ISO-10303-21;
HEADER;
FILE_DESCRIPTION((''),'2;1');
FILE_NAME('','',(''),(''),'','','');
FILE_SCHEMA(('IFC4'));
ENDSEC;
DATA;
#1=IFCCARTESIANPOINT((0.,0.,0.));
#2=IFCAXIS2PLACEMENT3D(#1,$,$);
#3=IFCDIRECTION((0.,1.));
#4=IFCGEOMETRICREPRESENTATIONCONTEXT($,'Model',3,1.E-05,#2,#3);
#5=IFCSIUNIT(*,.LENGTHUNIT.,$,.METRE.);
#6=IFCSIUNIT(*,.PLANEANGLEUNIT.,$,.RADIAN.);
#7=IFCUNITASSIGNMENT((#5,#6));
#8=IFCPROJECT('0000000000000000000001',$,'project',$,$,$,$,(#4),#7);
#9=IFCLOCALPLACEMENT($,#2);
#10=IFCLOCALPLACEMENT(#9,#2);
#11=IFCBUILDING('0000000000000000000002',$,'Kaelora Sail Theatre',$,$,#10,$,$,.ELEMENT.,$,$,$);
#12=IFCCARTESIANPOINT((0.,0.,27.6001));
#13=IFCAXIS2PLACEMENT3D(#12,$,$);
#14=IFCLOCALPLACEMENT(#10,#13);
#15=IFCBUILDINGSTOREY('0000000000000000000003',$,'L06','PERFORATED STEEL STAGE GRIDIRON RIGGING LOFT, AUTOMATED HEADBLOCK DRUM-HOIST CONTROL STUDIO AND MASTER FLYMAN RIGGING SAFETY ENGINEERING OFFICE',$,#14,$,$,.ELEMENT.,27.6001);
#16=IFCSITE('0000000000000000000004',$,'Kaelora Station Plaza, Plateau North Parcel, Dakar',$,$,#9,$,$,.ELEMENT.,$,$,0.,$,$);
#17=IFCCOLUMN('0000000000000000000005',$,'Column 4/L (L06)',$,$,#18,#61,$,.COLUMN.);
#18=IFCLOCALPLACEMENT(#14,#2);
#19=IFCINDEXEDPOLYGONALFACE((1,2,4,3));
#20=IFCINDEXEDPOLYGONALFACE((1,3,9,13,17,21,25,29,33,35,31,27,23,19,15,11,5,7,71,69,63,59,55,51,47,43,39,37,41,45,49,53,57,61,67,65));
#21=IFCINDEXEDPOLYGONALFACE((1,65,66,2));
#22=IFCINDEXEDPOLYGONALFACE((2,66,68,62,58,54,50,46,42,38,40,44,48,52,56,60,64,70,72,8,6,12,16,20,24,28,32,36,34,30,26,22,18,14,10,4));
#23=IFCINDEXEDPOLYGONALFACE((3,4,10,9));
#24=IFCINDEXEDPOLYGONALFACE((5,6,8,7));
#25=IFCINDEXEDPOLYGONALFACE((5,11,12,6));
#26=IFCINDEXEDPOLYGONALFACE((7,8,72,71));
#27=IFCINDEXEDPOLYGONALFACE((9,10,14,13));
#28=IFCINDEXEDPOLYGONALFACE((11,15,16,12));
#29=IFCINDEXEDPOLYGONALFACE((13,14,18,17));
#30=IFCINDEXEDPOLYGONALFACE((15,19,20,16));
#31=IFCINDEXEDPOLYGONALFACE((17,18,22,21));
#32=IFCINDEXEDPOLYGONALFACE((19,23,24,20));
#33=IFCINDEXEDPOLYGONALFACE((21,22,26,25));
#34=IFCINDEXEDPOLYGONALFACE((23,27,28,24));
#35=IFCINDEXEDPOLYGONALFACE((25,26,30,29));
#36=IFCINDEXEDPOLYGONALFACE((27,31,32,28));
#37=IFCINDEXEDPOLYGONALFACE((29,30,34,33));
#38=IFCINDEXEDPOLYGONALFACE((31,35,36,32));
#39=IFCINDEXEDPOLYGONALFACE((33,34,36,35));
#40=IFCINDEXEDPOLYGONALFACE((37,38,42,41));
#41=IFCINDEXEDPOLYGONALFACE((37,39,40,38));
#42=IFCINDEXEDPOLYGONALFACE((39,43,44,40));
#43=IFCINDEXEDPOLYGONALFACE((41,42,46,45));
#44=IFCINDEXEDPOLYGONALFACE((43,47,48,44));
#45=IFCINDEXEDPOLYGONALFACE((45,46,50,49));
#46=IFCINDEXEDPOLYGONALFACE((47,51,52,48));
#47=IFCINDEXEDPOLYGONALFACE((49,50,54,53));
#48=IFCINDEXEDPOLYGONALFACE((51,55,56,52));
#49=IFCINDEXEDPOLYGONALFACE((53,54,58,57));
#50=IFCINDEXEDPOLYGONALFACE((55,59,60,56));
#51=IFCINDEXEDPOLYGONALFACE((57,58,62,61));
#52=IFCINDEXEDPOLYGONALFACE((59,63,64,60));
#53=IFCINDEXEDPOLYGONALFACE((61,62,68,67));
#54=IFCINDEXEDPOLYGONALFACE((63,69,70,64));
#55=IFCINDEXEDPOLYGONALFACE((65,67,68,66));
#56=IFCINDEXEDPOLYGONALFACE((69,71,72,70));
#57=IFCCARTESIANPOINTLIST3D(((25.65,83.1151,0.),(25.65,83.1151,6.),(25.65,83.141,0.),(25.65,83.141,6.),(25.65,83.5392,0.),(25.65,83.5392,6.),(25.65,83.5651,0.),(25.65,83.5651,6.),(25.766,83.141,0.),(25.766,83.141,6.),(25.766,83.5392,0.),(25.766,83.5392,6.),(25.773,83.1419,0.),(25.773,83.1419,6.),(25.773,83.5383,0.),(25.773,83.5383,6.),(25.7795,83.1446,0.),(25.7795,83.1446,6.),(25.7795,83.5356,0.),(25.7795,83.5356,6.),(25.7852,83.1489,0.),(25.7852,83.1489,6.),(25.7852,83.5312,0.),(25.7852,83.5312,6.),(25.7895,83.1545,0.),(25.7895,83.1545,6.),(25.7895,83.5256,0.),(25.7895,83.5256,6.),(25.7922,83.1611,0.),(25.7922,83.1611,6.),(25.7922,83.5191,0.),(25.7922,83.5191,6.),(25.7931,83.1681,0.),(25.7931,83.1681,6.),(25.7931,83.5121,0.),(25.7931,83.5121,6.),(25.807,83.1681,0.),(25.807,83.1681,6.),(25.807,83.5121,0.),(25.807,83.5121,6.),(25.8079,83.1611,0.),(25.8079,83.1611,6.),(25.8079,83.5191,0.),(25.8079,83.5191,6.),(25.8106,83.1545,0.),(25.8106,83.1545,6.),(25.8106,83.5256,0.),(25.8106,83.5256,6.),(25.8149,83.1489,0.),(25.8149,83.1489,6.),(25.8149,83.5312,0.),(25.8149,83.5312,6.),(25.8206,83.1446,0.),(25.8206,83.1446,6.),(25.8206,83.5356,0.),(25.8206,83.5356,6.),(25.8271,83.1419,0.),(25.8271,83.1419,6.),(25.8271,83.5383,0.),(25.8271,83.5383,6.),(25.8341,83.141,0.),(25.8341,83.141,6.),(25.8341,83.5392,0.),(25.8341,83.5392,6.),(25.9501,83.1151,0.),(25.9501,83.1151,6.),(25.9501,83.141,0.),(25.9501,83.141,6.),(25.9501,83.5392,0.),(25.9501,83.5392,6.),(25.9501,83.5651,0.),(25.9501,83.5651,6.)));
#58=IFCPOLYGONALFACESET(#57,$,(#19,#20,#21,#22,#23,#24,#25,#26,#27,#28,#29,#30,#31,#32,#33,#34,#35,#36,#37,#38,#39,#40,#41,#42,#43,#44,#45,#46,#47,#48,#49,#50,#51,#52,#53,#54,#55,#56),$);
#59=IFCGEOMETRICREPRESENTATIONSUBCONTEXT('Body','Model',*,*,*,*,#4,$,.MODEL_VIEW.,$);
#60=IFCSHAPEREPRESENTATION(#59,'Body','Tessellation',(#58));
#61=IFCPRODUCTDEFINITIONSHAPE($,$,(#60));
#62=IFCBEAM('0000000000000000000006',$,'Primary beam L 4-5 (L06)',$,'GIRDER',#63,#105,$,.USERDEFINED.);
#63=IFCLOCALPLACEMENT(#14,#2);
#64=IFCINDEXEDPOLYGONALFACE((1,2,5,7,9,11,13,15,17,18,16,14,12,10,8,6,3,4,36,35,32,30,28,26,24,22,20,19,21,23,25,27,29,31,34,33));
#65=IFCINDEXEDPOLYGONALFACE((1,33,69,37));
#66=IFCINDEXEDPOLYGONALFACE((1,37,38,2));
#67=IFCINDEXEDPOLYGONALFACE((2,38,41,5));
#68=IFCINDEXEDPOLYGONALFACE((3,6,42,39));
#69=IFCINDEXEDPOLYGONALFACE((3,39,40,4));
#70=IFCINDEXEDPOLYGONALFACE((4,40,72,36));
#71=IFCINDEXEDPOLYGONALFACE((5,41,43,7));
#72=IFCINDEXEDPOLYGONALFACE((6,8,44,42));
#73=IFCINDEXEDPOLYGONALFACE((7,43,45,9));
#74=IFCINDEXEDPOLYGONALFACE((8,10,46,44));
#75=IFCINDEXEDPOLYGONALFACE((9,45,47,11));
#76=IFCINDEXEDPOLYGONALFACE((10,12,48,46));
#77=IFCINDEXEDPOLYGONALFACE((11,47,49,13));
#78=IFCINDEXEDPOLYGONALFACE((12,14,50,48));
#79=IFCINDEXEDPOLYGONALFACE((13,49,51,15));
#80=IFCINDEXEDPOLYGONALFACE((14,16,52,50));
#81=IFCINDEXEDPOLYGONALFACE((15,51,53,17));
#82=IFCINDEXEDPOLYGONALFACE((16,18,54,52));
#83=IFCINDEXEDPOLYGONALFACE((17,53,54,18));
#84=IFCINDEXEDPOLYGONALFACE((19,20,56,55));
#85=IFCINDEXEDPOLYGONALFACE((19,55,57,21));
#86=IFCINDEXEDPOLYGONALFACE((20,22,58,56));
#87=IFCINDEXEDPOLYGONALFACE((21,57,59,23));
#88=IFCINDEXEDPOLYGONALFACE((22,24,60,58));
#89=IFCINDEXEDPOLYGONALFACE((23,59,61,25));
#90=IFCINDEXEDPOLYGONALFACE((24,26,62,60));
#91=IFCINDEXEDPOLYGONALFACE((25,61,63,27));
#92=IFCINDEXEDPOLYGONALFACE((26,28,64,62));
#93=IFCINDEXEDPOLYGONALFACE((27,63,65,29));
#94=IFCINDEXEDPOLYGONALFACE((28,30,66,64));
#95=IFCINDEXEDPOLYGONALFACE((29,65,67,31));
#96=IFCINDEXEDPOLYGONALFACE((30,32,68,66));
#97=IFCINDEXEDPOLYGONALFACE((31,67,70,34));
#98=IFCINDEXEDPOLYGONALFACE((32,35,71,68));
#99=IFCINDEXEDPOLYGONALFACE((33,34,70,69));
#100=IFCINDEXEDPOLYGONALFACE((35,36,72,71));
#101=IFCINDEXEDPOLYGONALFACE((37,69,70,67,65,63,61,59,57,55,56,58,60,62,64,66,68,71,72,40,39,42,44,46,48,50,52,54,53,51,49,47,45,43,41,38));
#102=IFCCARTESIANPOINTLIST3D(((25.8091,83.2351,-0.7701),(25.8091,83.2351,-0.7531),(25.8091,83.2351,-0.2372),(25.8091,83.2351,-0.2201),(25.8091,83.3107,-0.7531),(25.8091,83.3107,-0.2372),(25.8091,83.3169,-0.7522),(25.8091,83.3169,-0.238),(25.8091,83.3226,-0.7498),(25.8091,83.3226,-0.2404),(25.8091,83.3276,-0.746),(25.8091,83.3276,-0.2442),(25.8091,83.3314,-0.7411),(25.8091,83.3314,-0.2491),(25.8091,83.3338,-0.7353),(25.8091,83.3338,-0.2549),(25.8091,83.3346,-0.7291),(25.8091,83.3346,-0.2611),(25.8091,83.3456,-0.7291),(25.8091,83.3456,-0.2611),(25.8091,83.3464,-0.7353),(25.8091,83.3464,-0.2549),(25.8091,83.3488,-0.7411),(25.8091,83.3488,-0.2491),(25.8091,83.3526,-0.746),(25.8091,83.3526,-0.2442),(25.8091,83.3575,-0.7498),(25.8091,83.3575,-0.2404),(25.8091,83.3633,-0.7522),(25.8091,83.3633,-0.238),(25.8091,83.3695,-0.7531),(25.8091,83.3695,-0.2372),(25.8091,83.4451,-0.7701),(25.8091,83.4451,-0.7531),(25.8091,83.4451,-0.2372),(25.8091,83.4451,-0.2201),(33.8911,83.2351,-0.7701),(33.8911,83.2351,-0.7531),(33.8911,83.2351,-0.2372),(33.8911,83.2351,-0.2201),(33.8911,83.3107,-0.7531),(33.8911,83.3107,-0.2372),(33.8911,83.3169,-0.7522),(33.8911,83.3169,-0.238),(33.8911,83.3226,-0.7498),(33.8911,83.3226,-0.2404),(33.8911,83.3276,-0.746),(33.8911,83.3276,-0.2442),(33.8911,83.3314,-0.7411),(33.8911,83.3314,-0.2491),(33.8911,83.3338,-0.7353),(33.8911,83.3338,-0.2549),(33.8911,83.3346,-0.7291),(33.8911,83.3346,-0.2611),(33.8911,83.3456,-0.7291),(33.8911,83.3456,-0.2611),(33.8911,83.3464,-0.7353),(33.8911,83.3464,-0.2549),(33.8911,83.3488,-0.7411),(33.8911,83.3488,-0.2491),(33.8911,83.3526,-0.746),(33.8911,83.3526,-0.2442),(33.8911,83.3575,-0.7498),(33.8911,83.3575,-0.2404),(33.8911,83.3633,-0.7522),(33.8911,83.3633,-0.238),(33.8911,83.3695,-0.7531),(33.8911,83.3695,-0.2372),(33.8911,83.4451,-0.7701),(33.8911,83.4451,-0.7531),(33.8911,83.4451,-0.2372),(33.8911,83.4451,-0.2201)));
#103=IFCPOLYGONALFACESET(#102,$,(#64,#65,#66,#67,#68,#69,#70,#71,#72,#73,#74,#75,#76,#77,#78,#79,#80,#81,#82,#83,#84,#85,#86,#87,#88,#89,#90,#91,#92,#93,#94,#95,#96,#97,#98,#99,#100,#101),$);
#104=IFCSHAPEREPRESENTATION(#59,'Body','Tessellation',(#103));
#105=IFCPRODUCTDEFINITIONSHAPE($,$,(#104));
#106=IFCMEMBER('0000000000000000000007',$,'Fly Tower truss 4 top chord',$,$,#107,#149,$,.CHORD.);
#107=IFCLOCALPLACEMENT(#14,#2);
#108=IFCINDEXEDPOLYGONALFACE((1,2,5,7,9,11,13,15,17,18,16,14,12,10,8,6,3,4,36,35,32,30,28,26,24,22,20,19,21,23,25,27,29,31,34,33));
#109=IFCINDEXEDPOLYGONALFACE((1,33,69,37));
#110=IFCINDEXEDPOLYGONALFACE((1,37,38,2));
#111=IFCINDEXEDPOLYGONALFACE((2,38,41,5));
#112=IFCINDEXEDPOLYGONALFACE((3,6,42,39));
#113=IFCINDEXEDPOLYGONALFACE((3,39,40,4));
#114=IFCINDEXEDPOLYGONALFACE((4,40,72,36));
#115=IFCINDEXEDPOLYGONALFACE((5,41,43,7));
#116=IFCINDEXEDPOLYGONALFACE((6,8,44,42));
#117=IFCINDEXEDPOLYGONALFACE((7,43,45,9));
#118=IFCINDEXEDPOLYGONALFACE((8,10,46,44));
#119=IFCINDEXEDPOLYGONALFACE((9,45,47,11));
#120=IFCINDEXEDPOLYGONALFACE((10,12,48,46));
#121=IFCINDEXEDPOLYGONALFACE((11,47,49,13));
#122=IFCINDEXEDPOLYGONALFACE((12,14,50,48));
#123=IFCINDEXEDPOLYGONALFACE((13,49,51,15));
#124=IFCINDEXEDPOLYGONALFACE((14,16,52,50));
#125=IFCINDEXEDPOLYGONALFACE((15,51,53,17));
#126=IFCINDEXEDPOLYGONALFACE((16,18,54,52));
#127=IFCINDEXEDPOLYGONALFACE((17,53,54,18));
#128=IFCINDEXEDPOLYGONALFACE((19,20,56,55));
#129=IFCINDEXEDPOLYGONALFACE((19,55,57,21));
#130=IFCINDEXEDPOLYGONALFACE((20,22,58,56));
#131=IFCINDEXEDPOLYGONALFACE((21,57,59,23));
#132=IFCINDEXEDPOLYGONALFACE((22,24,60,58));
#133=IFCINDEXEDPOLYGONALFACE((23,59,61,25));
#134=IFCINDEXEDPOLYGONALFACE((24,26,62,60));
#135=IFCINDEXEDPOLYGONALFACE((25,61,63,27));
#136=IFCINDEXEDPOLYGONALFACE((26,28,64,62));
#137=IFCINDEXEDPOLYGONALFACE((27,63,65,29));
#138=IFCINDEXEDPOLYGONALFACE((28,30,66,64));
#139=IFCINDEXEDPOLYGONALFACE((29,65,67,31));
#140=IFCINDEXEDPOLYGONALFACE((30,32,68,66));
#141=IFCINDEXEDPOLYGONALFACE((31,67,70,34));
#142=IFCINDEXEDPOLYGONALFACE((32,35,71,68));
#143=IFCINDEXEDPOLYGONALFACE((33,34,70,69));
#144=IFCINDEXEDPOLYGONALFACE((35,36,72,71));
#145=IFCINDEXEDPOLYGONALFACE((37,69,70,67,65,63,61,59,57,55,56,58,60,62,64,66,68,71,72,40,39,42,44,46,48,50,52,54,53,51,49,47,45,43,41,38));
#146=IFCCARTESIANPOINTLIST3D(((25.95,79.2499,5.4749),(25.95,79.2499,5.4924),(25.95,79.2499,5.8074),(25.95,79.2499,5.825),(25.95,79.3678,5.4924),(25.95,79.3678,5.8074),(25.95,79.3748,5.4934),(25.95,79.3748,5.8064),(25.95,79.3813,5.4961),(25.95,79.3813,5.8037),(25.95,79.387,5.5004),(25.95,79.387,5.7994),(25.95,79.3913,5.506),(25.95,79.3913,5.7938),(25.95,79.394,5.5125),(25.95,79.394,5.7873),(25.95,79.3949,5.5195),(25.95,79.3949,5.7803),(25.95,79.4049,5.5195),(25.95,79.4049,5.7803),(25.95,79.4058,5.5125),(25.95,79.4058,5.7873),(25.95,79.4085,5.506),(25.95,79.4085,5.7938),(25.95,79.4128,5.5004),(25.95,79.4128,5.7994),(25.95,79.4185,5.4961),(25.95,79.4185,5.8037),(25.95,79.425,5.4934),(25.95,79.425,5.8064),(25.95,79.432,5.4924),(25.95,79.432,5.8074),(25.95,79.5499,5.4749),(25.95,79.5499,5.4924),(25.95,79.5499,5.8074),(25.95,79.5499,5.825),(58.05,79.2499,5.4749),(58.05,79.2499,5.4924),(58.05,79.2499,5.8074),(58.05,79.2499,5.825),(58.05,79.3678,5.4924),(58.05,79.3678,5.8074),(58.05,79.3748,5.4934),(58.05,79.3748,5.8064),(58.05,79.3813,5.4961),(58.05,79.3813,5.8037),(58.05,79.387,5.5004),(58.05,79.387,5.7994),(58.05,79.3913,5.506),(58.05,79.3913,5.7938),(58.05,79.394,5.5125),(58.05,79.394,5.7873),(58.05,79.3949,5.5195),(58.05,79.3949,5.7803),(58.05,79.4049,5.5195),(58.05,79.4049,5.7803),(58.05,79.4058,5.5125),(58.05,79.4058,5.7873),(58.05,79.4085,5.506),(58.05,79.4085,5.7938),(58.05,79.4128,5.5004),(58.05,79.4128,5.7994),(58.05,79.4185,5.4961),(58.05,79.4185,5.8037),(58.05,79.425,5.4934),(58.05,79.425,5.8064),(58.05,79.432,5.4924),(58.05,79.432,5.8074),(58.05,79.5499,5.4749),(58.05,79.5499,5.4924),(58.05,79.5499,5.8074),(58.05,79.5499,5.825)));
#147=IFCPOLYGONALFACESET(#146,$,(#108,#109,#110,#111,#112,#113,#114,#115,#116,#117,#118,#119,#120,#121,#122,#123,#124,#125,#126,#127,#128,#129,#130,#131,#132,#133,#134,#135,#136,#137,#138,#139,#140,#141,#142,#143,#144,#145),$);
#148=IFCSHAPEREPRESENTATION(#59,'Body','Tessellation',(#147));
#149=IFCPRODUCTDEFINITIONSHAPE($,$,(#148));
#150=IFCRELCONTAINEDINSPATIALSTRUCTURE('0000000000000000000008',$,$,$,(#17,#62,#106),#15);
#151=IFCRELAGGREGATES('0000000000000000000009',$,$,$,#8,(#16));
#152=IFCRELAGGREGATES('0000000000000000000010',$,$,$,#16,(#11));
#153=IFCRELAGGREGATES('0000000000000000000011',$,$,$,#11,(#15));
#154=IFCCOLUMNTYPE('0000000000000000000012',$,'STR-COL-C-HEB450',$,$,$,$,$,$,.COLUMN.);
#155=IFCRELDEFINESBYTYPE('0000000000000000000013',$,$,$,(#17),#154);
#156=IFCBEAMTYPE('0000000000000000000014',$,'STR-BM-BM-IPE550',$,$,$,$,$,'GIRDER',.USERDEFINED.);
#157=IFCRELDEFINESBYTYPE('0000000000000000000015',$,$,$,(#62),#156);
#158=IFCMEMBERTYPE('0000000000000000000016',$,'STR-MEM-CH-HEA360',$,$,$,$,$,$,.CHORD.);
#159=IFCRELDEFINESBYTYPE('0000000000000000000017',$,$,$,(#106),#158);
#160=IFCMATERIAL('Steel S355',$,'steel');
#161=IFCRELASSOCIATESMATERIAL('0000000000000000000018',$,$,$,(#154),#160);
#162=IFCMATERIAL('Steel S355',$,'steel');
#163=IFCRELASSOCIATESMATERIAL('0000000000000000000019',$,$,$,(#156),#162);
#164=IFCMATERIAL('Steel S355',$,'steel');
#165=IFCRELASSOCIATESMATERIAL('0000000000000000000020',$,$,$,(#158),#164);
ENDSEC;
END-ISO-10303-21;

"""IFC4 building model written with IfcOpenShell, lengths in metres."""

from ifc_helpers import new_model, si_unit, direction, frame, origin, origin_2d, place, context, subcontext, project, spatial, i_section, extrude, material, material_profile, profile_set, type_object, element, save


model = new_model("IFC4")

# Units and contexts
model_context = context("Model", 3, precision=1e-05, world=origin(), true_north=direction((0.0, 1.0)))
body_context = subcontext(model_context, "Body", "Model", "MODEL_VIEW")
ifc_project = project(units=[si_unit("LENGTHUNIT", "METRE"), si_unit("PLANEANGLEUNIT", "RADIAN")], contexts=[model_context])

# Site, building, storey
site_placement = place(None, origin())
site = spatial("IfcSite", under=ifc_project, at=site_placement, Name="Kaelora Station Plaza, Plateau North Parcel, Dakar", CompositionType="ELEMENT", RefElevation=0.0)
building_placement = place(site_placement, origin())
building = spatial("IfcBuilding", under=site, at=building_placement, Name="Kaelora Sail Theatre", CompositionType="ELEMENT")
storey_placement = place(building_placement, frame((0.0, 0.0, 27.6001)))
storey = spatial("IfcBuildingStorey", under=building, at=storey_placement, Name="L06", Description="PERFORATED STEEL STAGE GRIDIRON RIGGING LOFT, AUTOMATED HEADBLOCK DRUM-HOIST CONTROL STUDIO AND MASTER FLYMAN RIGGING SAFETY ENGINEERING OFFICE", CompositionType="ELEMENT", Elevation=27.6001)

# Column
ifc_material_1 = material(Name="Steel S355", Category="steel")
ifc_material_profile_1 = material_profile(ifc_material_1, i_section(OverallWidth=0.3, OverallDepth=0.45, WebThickness=0.0139, FlangeThickness=0.0259, FilletRadius=0.0271, at=origin_2d()), Name="HEB 450")
ifc_profile_set_1 = profile_set([ifc_material_profile_1], Name="Steel S355")
column_type = type_object("IfcColumnType", Name="STR-COL-C-HEB450", PredefinedType="COLUMN", material=ifc_profile_set_1)
column_placement = place(storey_placement, frame((25.8, 83.3401, 0.0), z_axis=(0.0, 0.0, 1.0), x_axis=(1.0, 0.0, 0.0)))
element("IfcColumn", 1, at=column_placement, inside=storey, type_object=column_type, Name="Column 4/L (L06)", PredefinedType="COLUMN", context=body_context, shape_type="SweptSolid", body=[
    extrude(i_section(OverallWidth=0.3, OverallDepth=0.45, WebThickness=0.0139, FlangeThickness=0.0259, FilletRadius=0.0271, at=origin_2d()), origin(), (0.0, 0.0, 1.0), 6.0),
])

# Beam
ifc_material_2 = material(Name="Steel S355", Category="steel")
ifc_material_profile_2 = material_profile(ifc_material_2, i_section(OverallWidth=0.21, OverallDepth=0.55, WebThickness=0.011, FlangeThickness=0.0171, FilletRadius=0.0239, at=origin_2d()), Name="IPE 550")
ifc_profile_set_2 = profile_set([ifc_material_profile_2], Name="Steel S355")
beam_type = type_object("IfcBeamType", Name="STR-BM-BM-IPE550", ElementType="GIRDER", PredefinedType="USERDEFINED", material=ifc_profile_set_2)
beam_placement = place(storey_placement, frame((25.8091, 83.3401, -0.4951), z_axis=(1.0, 0.0, 0.0), x_axis=(0.0, 1.0, 0.0)))
element("IfcBeam", 2, at=beam_placement, inside=storey, type_object=beam_type, Name="Primary beam L 4-5 (L06)", ObjectType="GIRDER", PredefinedType="USERDEFINED", context=body_context, shape_type="SweptSolid", body=[
    extrude(i_section(OverallWidth=0.21, OverallDepth=0.55, WebThickness=0.011, FlangeThickness=0.0171, FilletRadius=0.0239, at=origin_2d()), origin(), (0.0, 0.0, 1.0), 8.082),
])

# Member
ifc_material_3 = material(Name="Steel S355", Category="steel")
ifc_material_profile_3 = material_profile(ifc_material_3, i_section(OverallWidth=0.3, OverallDepth=0.3501, WebThickness=0.01, FlangeThickness=0.0176, FilletRadius=0.0271, at=origin_2d()), Name="HEA 360")
ifc_profile_set_3 = profile_set([ifc_material_profile_3], Name="Steel S355")
member_type_1 = type_object("IfcMemberType", Name="STR-MEM-CH-HEA360", PredefinedType="CHORD", material=ifc_profile_set_3)
member_1_placement = place(storey_placement, frame((25.95, 79.3999, 5.6499), z_axis=(1.0, 0.0, 0.0), x_axis=(0.0, 1.0, 0.0)))
element("IfcMember", 3, at=member_1_placement, inside=storey, type_object=member_type_1, Name="Fly Tower truss 4 top chord", PredefinedType="CHORD", context=body_context, shape_type="SweptSolid", body=[
    extrude(i_section(OverallWidth=0.3, OverallDepth=0.3501, WebThickness=0.01, FlangeThickness=0.0176, FilletRadius=0.0271, at=origin_2d()), origin(), (0.0, 0.0, 1.0), 32.1001),
])

save(model, "model.ifc")
